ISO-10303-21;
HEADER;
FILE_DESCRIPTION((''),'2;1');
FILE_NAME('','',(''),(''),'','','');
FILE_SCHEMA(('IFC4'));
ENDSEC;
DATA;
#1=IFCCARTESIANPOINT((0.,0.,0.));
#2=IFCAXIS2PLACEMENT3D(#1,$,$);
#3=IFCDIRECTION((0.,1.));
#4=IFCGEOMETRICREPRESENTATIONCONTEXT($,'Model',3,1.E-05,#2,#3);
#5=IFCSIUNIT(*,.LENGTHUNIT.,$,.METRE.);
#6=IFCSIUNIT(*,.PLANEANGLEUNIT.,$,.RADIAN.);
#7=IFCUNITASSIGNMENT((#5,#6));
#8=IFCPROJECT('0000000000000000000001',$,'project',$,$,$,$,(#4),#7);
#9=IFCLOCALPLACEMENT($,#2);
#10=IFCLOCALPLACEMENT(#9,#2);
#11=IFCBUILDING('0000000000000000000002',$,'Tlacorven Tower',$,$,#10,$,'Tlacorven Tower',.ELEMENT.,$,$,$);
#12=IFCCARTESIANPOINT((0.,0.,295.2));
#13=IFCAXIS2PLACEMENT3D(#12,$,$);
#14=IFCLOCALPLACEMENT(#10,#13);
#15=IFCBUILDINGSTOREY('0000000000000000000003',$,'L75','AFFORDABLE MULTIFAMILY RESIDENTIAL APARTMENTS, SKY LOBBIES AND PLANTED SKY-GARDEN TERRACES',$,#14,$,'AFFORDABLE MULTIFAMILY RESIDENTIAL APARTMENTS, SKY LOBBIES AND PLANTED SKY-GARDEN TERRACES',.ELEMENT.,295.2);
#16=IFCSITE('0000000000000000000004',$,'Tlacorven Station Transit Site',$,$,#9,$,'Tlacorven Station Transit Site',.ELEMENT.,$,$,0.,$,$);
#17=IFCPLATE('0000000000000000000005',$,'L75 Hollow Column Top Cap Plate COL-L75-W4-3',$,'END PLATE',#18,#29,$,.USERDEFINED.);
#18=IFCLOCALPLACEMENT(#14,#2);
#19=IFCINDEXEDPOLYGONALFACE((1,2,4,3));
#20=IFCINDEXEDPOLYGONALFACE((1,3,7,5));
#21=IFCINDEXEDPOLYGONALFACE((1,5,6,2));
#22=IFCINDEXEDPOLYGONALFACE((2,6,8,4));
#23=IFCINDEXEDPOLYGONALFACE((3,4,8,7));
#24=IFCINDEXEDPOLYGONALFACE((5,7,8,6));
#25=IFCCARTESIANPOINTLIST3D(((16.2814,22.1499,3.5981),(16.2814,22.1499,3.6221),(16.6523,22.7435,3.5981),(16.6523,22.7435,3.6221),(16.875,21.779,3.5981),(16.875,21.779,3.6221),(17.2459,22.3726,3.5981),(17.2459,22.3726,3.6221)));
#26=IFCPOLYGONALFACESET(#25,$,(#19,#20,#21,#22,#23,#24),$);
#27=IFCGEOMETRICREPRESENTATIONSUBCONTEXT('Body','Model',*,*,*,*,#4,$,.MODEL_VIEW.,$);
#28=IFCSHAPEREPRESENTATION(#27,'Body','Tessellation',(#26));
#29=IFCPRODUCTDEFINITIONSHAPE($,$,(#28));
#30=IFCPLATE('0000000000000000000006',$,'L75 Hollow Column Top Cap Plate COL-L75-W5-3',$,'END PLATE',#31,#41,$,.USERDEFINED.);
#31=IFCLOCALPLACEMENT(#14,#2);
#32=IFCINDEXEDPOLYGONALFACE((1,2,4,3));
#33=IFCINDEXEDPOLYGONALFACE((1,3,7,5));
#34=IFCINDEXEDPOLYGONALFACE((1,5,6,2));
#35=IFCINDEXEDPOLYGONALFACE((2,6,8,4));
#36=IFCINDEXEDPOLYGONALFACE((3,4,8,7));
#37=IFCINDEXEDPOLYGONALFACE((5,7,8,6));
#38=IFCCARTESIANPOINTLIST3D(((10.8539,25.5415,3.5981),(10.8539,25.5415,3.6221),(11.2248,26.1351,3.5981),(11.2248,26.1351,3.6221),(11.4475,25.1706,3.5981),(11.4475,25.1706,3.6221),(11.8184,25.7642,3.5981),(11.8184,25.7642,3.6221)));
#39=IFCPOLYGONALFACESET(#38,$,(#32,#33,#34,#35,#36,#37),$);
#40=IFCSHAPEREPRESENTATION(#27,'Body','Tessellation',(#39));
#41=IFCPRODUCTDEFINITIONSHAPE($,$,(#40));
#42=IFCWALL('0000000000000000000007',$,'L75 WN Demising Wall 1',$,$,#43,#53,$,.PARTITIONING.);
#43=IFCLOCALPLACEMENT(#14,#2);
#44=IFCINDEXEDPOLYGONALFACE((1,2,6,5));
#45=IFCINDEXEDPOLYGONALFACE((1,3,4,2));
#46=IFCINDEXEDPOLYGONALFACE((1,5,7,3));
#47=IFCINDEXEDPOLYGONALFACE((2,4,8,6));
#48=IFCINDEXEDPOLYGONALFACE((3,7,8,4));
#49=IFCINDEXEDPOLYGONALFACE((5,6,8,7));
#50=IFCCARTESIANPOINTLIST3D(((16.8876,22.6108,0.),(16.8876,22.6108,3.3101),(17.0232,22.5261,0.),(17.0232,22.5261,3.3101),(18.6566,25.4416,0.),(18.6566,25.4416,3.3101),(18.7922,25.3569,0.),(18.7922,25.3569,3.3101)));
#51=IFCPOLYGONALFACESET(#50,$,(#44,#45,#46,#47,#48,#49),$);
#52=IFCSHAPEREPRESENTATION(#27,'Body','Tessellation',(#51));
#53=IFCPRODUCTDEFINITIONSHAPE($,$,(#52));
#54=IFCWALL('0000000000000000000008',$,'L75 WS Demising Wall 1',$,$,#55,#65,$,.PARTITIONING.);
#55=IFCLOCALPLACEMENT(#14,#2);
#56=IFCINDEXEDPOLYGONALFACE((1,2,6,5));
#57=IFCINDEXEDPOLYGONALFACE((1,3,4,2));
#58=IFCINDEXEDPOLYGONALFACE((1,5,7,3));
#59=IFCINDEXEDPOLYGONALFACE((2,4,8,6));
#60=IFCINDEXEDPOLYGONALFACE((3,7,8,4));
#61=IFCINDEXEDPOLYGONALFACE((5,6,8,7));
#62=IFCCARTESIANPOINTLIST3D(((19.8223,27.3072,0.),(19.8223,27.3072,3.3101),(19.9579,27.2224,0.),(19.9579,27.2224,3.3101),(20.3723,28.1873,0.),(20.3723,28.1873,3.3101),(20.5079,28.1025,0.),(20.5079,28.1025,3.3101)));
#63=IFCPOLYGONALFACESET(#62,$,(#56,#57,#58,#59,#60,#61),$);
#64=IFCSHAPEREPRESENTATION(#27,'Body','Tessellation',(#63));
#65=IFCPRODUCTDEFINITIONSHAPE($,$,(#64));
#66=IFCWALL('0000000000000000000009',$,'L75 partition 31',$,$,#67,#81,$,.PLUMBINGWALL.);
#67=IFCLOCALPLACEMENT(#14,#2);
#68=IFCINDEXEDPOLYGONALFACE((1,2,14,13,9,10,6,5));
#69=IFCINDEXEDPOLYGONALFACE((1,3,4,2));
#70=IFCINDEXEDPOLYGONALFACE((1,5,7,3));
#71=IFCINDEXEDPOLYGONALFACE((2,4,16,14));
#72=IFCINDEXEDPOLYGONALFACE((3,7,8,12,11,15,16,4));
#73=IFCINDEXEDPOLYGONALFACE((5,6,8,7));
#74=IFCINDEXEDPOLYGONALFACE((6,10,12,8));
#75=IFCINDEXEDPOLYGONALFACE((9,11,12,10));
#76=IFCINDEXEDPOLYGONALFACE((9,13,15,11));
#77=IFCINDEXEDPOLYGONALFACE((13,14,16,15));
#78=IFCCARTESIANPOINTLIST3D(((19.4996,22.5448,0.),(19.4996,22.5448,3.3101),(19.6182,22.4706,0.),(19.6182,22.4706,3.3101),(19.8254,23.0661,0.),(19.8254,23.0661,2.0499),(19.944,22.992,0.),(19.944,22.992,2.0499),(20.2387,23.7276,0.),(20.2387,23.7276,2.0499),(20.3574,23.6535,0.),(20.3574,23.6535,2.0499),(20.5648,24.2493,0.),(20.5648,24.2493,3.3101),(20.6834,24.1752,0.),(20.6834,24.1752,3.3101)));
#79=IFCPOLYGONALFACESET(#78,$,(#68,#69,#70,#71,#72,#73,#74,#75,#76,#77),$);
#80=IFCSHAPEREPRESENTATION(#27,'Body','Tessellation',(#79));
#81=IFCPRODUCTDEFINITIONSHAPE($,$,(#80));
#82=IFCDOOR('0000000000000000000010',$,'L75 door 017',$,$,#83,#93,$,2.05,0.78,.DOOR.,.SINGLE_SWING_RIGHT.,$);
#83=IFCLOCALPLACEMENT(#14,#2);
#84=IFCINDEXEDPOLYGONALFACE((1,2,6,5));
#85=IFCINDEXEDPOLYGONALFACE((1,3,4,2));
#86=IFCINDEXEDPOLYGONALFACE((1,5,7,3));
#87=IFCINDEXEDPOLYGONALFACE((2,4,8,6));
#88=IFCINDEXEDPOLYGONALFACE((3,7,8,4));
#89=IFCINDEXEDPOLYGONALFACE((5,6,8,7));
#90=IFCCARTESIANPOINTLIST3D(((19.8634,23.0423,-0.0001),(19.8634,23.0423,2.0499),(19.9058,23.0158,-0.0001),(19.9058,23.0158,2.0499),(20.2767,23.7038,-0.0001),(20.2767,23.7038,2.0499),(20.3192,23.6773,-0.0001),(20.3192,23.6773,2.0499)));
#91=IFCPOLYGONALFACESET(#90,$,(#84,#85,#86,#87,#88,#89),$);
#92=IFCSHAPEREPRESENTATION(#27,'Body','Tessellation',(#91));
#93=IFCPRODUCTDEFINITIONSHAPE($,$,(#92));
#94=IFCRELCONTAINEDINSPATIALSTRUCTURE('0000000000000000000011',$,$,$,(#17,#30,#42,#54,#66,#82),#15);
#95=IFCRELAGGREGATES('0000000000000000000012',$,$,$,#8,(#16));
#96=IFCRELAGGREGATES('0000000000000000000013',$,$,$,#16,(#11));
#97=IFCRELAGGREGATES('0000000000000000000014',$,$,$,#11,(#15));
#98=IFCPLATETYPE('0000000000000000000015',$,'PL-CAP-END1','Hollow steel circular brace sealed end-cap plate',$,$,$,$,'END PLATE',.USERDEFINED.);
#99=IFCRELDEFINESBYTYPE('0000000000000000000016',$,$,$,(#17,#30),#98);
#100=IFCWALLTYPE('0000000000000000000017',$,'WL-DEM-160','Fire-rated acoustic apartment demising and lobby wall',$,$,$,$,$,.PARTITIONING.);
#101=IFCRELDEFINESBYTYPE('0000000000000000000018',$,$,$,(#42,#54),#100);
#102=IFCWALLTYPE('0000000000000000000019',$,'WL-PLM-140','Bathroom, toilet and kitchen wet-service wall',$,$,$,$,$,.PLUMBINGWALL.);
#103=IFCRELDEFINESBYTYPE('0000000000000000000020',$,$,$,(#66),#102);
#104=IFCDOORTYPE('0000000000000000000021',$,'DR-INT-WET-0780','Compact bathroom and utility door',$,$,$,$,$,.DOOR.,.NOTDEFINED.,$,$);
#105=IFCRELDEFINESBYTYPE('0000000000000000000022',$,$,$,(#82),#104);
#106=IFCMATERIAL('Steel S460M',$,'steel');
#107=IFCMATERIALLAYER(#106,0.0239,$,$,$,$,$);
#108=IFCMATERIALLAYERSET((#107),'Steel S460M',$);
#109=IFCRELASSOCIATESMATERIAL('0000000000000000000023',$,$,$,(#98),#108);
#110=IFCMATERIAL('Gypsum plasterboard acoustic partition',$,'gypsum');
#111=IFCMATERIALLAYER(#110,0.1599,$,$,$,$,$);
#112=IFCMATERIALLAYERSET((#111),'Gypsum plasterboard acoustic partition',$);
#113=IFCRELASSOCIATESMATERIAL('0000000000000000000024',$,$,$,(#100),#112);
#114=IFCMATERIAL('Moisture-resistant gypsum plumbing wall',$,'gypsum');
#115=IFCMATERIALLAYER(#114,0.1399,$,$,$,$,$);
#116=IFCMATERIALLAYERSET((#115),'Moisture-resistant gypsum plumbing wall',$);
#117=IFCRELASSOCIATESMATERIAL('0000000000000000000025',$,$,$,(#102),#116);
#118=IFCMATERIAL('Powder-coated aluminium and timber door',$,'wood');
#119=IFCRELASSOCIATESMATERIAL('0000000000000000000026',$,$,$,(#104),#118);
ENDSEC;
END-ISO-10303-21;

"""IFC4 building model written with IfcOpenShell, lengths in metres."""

from ifc_helpers import new_model, si_unit, direction, frame, frame_2d, origin, origin_2d, place, context, subcontext, project, spatial, rectangle, extrude, source, transform, mapped, material, layer, layer_set, type_object, element, fill, save


model = new_model("IFC4")

# Units and contexts
model_context = context("Model", 3, precision=1e-05, world=origin(), true_north=direction((0.0, 1.0)))
body_context = subcontext(model_context, "Body", "Model", "MODEL_VIEW")
ifc_project = project(units=[si_unit("LENGTHUNIT", "METRE"), si_unit("PLANEANGLEUNIT", "RADIAN")], contexts=[model_context])

# Site, building, storey
site_placement = place(None, origin())
site = spatial("IfcSite", under=ifc_project, at=site_placement, Name="Tlacorven Station Transit Site", LongName="Tlacorven Station Transit Site", CompositionType="ELEMENT", RefElevation=0.0)
building_placement = place(site_placement, origin())
building = spatial("IfcBuilding", under=site, at=building_placement, Name="Tlacorven Tower", LongName="Tlacorven Tower", CompositionType="ELEMENT")
storey_placement = place(building_placement, frame((0.0, 0.0, 295.2)))
storey = spatial("IfcBuildingStorey", under=building, at=storey_placement, Name="L75", Description="AFFORDABLE MULTIFAMILY RESIDENTIAL APARTMENTS, SKY LOBBIES AND PLANTED SKY-GARDEN TERRACES", LongName="AFFORDABLE MULTIFAMILY RESIDENTIAL APARTMENTS, SKY LOBBIES AND PLANTED SKY-GARDEN TERRACES", CompositionType="ELEMENT", Elevation=295.2)

# Shared definitions
ifc_material_1 = material(Name="Steel S460M", Category="steel")

# Plates
ifc_layer_1 = layer(ifc_material_1, 0.0239)
ifc_layer_set_1 = layer_set([ifc_layer_1], Name="Steel S460M")
plate_type_1 = type_object("IfcPlateType", Name="PL-CAP-END1", Description="Hollow steel circular brace sealed end-cap plate", ElementType="END PLATE", PredefinedType="USERDEFINED", material=ifc_layer_set_1)
shared_shape_1 = source(origin(), body_context, "Body", "SweptSolid", [
    extrude(rectangle(XDim=0.7, YDim=0.7, at=origin_2d()), origin(), (0.0, 0.0, 1.0), 0.0239),
])
for number, where, z_axis, x_axis, name in (
    (1, (16.7637, 22.2612, 3.5981), (0.0, 0.0, 1.0), (-0.848048, 0.529919, 0.0), "L75 Hollow Column Top Cap Plate COL-L75-W4-3"),
    (2, (11.3362, 25.6528, 3.5981), (0.0, 0.0, 1.0), (-0.848048, 0.529919, 0.0), "L75 Hollow Column Top Cap Plate COL-L75-W5-3"),
):
    element("IfcPlate", number, at=place(storey_placement, frame(where, z_axis=z_axis, x_axis=x_axis)), inside=storey, type_object=plate_type_1, Name=name, ObjectType="END PLATE", PredefinedType="USERDEFINED", context=body_context, shape_type="MappedRepresentation", body=[
        mapped(shared_shape_1, transform((0.0, 0.0, 0.0), scale=1.0)),
    ])

# Walls
ifc_material_2 = material(Name="Gypsum plasterboard acoustic partition", Category="gypsum")
ifc_layer_2 = layer(ifc_material_2, 0.1599)
ifc_layer_set_2 = layer_set([ifc_layer_2], Name="Gypsum plasterboard acoustic partition")
wall_type_1 = type_object("IfcWallType", Name="WL-DEM-160", Description="Fire-rated acoustic apartment demising and lobby wall", PredefinedType="PARTITIONING", material=ifc_layer_set_2)
wall_1_placement = place(storey_placement, frame((18.7244, 25.3992, 0.0), z_axis=(0.0, 0.0, 1.0), x_axis=(-0.529953, -0.848027, 0.0)))
element("IfcWall", 3, at=wall_1_placement, inside=storey, type_object=wall_type_1, Name="L75 WN Demising Wall 1", PredefinedType="PARTITIONING", context=body_context, shape_type="SweptSolid", body=[
    extrude(rectangle(XDim=3.3381, YDim=0.1599, at=frame_2d((1.6689, 0.0))), origin(), (0.0, 0.0, 1.0), 3.3101),
])
wall_2_placement = place(storey_placement, frame((20.4402, 28.145, 0.0), z_axis=(0.0, 0.0, 1.0), x_axis=(-0.529978, -0.848012, 0.0)))
element("IfcWall", 4, at=wall_2_placement, inside=storey, type_object=wall_type_1, Name="L75 WS Demising Wall 1", PredefinedType="PARTITIONING", context=body_context, shape_type="SweptSolid", body=[
    extrude(rectangle(XDim=1.0378, YDim=0.1599, at=frame_2d((0.519, 0.0))), origin(), (0.0, 0.0, 1.0), 3.3101),
])

# Wall, opening, door
ifc_material_3 = material(Name="Moisture-resistant gypsum plumbing wall", Category="gypsum")
ifc_layer_3 = layer(ifc_material_3, 0.1399)
ifc_layer_set_3 = layer_set([ifc_layer_3], Name="Moisture-resistant gypsum plumbing wall")
wall_type_2 = type_object("IfcWallType", Name="WL-PLM-140", Description="Bathroom, toilet and kitchen wet-service wall", PredefinedType="PLUMBINGWALL", material=ifc_layer_set_3)
wall_3_placement = place(storey_placement, frame((20.624, 24.2122, 0.0), z_axis=(0.0, 0.0, 1.0), x_axis=(-0.529933, -0.848039, 0.0)))
wall_3 = element("IfcWall", 5, at=wall_3_placement, inside=storey, type_object=wall_type_2, Name="L75 partition 31", PredefinedType="PLUMBINGWALL", context=body_context, shape_type="SweptSolid", body=[
    extrude(rectangle(XDim=2.01, YDim=0.1399, at=frame_2d((1.0049, 0.0))), origin(), (0.0, 0.0, 1.0), 3.3101),
])
opening_placement = place(wall_3_placement, frame((0.615, 0.0, 0.0)))
opening = element("IfcOpeningElement", 6, at=opening_placement, cuts=wall_3, PredefinedType="OPENING", context=body_context, shape_type="SweptSolid", body=[
    extrude(rectangle(XDim=0.78, YDim=2.05, at=frame_2d((0.3901, 1.0249))), frame((0.0, 0.0801, 0.0), z_axis=(0.0, -1.0, 0.0), x_axis=(1.0, 0.0, 0.0)), (0.0, 0.0, 1.0), 0.1599),
])
ifc_material_4 = material(Name="Powder-coated aluminium and timber door", Category="wood")
door_type = type_object("IfcDoorType", Name="DR-INT-WET-0780", Description="Compact bathroom and utility door", OperationType="NOTDEFINED", PredefinedType="DOOR", material=ifc_material_4)
shared_shape_2 = source(origin(), body_context, "Body", "SweptSolid", [
    extrude(rectangle(XDim=0.78, YDim=2.05, at=frame_2d((0.3901, 1.0249))), frame((0.0, 0.0249, 0.0), z_axis=(0.0, -1.0, 0.0), x_axis=(1.0, 0.0, 0.0)), (0.0, 0.0, 1.0), 0.05),
])
door_placement = place(opening_placement, origin())
door = element("IfcDoor", 7, at=door_placement, inside=storey, type_object=door_type, Name="L75 door 017", OperationType="SINGLE_SWING_RIGHT", OverallHeight=2.05, OverallWidth=0.78, PredefinedType="DOOR", context=body_context, shape_type="MappedRepresentation", body=[
    mapped(shared_shape_2, transform((0.0, 0.0, 0.0), scale=1.0)),
])
fill(opening, door)

save(model, "model.ifc")
